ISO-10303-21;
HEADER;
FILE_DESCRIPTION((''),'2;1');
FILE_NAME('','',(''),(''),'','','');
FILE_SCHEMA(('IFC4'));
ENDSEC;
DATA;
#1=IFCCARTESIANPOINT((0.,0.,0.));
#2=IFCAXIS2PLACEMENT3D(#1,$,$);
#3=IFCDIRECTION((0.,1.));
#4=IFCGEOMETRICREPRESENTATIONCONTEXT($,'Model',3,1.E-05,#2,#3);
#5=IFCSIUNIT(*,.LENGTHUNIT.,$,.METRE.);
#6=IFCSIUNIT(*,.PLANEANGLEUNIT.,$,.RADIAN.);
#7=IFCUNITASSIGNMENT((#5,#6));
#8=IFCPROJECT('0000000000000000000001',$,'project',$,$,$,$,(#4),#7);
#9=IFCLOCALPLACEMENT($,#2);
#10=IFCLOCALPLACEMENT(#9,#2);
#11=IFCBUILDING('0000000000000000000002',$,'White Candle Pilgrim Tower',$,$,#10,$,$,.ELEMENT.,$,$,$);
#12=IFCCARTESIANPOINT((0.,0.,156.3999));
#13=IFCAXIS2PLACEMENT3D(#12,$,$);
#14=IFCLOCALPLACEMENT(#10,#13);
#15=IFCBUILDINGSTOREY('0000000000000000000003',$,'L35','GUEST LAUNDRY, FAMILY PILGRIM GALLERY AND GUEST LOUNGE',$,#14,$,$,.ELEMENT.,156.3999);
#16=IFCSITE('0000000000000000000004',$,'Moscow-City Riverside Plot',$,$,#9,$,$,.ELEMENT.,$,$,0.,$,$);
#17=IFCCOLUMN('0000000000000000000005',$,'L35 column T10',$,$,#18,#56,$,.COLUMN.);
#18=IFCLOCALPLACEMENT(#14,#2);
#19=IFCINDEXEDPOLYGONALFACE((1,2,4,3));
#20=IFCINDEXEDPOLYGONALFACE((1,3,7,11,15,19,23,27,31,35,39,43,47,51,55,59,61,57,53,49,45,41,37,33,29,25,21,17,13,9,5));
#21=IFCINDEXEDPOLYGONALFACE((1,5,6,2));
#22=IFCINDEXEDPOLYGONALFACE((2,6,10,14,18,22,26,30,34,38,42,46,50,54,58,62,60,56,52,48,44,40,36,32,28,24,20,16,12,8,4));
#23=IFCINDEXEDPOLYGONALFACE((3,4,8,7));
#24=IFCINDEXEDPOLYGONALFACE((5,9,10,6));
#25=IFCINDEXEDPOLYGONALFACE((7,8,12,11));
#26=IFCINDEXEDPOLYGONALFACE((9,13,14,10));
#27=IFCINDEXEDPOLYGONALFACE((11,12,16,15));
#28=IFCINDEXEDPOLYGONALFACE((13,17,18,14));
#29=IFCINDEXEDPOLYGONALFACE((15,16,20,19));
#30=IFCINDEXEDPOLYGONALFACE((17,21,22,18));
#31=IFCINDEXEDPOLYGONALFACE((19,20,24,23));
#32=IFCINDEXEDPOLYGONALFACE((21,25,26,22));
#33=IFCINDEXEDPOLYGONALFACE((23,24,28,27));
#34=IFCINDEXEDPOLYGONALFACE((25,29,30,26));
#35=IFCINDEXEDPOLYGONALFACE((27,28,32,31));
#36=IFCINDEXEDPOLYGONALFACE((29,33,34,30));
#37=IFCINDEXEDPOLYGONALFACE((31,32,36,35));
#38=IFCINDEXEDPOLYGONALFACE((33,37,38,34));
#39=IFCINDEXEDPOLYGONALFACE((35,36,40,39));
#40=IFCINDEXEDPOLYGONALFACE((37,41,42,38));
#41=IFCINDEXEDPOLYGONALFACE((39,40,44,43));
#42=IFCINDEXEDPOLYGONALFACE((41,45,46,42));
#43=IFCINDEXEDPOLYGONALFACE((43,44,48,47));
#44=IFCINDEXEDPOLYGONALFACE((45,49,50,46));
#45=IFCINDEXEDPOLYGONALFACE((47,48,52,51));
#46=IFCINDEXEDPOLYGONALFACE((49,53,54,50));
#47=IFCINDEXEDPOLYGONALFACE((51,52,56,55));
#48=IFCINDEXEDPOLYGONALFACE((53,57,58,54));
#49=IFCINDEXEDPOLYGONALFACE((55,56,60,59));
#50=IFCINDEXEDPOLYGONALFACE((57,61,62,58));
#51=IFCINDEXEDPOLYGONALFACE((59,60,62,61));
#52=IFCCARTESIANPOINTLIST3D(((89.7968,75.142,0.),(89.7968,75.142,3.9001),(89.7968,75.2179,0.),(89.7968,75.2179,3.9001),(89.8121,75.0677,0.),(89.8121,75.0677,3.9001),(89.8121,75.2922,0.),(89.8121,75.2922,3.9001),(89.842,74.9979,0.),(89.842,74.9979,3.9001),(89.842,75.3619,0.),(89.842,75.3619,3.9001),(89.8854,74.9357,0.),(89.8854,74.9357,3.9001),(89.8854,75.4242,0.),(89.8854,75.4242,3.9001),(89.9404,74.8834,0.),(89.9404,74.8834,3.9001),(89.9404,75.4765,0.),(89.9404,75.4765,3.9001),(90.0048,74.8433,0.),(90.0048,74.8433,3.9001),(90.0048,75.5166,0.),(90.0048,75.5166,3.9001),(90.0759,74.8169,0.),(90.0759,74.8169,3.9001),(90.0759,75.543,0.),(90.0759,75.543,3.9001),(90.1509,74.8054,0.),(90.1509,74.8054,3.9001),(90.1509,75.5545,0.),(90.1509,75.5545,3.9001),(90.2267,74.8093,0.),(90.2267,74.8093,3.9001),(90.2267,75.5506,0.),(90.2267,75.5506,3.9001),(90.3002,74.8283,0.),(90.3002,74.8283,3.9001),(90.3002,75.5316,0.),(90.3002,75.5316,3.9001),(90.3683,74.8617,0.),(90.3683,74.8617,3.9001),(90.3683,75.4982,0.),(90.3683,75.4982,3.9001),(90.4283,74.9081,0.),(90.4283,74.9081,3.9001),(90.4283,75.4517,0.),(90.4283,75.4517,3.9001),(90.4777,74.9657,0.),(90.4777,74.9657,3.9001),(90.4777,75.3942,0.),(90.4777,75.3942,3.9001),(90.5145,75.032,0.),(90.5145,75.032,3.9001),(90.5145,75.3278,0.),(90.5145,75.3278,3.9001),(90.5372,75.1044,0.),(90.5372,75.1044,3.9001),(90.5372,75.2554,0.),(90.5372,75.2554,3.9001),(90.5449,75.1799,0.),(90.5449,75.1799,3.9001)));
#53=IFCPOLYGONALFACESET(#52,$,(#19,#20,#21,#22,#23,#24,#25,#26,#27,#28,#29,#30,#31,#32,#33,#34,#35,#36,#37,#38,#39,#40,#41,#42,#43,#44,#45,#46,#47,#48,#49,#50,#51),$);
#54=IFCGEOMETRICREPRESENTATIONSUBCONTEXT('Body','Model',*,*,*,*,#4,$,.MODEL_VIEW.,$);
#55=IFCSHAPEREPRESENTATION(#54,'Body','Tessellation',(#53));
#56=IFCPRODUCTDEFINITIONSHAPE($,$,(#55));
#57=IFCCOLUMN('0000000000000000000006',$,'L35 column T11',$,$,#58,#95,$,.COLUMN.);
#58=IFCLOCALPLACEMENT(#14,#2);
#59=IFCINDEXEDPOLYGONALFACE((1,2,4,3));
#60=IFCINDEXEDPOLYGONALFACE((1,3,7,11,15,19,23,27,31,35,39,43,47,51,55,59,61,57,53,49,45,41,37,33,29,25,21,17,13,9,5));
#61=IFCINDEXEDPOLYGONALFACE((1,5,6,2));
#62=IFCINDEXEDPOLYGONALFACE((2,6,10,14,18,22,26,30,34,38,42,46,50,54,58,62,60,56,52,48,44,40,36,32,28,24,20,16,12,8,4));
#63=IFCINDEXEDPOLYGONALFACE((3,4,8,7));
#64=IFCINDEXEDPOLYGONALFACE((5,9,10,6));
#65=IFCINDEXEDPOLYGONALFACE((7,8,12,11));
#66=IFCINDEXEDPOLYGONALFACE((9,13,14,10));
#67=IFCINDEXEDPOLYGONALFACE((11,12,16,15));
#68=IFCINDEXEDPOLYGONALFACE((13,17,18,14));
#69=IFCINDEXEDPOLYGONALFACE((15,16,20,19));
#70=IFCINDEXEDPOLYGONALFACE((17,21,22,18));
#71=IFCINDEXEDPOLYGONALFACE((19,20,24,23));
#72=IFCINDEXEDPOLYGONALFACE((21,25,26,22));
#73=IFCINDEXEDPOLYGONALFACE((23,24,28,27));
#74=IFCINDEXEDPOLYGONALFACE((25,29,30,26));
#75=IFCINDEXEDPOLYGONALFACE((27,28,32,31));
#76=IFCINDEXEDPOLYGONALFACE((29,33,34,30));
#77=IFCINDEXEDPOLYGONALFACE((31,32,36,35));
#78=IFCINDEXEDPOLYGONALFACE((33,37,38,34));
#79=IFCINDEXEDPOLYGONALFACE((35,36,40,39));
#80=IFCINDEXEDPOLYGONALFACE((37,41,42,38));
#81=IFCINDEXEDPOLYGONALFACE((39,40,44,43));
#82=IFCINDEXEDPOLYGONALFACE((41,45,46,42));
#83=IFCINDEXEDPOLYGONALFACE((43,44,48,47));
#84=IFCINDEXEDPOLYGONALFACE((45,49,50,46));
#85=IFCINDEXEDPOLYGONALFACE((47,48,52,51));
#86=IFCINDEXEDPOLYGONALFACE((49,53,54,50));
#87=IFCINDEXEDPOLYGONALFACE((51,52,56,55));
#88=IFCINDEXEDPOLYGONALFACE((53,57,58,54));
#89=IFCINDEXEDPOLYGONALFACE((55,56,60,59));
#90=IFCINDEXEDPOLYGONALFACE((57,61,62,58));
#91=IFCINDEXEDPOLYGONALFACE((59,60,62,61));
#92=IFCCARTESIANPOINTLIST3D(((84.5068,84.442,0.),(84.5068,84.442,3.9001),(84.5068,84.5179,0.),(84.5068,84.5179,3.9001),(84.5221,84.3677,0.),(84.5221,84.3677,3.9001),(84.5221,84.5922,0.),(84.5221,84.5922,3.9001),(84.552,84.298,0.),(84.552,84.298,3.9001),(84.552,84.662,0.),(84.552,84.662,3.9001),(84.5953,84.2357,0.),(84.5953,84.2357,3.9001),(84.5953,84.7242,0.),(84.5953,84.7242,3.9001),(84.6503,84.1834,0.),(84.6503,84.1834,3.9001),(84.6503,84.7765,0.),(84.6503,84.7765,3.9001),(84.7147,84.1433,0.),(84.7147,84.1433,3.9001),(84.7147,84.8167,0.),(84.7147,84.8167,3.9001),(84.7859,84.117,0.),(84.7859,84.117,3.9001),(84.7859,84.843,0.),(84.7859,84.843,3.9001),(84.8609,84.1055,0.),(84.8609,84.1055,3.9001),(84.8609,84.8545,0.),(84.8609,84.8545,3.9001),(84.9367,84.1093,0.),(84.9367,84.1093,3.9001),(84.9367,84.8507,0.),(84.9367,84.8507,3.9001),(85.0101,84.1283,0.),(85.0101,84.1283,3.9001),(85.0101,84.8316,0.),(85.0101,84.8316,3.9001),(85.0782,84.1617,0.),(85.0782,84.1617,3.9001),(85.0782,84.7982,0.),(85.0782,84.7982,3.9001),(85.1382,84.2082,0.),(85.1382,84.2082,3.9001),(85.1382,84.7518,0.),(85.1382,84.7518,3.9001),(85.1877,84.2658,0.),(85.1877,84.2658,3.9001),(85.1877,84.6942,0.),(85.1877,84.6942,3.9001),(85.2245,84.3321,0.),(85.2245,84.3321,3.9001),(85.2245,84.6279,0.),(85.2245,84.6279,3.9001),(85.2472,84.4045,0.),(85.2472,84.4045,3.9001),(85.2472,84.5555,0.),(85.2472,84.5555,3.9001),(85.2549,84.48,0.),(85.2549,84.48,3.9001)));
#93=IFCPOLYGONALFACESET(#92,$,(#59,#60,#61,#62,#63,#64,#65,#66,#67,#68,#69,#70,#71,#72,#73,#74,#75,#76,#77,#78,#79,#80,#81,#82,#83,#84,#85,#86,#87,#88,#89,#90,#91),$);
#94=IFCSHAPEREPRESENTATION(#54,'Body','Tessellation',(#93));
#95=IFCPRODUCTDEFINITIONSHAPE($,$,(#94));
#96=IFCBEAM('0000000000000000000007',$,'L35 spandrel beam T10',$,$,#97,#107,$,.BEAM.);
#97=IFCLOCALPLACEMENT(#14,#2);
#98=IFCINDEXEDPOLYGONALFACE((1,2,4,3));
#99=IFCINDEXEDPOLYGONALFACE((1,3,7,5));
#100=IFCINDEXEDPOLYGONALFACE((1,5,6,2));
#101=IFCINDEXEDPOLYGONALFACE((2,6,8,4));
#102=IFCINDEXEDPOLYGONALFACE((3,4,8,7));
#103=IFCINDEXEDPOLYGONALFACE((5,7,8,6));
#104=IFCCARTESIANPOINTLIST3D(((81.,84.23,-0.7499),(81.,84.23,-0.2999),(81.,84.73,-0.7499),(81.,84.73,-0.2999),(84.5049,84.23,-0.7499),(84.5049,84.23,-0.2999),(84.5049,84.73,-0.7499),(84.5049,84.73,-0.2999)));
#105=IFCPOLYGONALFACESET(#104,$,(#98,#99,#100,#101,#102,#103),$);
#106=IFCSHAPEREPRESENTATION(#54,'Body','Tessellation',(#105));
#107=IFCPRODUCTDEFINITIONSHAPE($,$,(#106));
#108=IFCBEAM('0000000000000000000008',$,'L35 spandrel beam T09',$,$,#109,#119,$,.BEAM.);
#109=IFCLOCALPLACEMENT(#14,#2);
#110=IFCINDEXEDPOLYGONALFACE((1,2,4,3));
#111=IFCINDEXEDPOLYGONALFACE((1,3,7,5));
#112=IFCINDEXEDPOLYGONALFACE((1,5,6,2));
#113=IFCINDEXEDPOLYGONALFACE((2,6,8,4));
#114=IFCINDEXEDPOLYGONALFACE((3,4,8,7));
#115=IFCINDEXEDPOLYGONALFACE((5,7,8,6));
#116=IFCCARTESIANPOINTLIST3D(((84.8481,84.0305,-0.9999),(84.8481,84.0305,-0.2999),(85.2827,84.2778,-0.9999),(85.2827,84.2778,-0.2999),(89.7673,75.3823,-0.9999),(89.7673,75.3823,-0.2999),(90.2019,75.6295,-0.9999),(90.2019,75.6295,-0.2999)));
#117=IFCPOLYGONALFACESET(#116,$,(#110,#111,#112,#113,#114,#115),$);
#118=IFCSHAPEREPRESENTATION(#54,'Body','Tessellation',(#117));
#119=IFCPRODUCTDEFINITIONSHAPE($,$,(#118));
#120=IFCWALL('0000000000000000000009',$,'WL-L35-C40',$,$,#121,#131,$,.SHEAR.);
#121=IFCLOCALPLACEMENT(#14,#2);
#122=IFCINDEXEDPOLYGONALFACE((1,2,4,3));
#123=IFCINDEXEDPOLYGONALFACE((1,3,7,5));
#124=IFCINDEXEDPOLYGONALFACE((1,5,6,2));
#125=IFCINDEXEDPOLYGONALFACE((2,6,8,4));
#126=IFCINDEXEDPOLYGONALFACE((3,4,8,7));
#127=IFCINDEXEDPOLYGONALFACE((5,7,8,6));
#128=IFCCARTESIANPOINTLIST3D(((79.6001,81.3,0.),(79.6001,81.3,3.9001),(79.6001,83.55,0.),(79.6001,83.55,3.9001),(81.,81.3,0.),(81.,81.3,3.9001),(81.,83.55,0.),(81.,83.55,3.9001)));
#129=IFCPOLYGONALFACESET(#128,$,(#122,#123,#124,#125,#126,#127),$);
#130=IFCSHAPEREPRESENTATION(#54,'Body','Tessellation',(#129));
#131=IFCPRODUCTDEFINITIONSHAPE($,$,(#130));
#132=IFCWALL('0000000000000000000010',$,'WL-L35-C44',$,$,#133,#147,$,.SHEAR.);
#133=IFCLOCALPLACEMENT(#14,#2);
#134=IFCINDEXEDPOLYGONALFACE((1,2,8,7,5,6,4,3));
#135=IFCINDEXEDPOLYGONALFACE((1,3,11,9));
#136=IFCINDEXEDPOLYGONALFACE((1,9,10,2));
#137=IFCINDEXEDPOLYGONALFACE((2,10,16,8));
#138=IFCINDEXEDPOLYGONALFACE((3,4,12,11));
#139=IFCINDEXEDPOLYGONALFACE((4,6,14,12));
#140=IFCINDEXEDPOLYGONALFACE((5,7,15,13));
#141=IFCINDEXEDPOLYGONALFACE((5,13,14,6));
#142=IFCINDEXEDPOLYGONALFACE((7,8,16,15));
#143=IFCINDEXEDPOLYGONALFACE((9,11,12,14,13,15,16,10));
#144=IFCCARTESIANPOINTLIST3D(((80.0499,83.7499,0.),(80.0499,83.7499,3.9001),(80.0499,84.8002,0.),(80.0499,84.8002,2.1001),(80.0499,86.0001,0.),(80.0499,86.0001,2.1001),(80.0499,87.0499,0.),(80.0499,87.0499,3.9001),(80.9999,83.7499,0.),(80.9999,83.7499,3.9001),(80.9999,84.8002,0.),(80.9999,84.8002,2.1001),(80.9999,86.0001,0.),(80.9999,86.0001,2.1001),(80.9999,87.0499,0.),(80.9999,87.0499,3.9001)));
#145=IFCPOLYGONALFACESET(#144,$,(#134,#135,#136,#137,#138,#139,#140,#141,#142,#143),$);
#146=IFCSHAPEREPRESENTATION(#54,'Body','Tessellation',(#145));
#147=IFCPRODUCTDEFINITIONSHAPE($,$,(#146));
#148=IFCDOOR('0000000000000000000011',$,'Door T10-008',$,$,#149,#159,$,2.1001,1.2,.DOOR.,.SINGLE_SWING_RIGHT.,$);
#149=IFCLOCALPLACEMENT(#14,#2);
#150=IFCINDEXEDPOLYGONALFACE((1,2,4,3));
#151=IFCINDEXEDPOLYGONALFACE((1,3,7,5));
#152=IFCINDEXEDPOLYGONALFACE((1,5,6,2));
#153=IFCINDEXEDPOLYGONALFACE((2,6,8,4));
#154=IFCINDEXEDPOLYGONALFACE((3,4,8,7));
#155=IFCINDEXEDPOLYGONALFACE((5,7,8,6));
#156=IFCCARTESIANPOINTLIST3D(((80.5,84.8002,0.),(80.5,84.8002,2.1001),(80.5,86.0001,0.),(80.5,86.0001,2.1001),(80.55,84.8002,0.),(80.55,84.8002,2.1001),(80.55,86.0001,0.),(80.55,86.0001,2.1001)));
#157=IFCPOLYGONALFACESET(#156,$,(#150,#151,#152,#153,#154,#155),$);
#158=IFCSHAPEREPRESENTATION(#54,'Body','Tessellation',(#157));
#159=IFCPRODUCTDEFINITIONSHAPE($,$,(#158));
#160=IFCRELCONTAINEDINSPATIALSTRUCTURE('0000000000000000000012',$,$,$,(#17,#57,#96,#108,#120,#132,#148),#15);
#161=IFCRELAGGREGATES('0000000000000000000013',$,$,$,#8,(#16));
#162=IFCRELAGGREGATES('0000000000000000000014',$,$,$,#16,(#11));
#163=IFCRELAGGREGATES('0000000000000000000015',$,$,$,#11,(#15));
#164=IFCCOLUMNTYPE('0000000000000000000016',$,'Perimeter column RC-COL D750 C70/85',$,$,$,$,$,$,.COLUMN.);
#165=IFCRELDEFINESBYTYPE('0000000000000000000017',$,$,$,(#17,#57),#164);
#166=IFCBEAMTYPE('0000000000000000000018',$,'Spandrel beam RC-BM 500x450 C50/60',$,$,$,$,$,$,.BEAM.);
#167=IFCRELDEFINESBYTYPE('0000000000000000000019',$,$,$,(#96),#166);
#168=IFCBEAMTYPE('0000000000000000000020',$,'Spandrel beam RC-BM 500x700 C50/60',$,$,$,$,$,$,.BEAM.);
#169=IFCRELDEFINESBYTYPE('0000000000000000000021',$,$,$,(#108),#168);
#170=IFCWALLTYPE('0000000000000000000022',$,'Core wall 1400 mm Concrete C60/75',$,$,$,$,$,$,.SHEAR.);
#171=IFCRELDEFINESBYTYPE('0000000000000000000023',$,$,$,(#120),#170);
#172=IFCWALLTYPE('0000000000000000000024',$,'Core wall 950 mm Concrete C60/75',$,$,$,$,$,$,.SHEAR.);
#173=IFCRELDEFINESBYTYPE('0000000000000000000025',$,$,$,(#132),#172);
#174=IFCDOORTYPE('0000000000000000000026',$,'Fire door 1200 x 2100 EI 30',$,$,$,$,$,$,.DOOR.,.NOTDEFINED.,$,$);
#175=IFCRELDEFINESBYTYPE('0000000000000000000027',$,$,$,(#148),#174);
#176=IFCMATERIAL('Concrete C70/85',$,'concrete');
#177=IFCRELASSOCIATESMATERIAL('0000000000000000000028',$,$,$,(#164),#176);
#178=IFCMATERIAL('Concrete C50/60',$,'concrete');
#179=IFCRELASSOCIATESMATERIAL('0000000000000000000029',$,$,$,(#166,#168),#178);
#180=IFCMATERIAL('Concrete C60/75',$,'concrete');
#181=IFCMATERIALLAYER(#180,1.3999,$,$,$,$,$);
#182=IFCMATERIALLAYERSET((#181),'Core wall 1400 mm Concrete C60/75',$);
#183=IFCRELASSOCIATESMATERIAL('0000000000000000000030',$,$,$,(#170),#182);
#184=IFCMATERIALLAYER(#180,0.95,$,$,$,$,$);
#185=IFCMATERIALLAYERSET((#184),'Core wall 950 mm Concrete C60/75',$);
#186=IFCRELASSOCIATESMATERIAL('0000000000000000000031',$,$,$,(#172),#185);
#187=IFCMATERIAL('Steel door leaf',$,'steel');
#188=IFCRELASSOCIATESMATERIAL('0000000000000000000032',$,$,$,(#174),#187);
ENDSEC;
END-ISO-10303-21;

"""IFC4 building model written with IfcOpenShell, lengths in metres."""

from ifc_helpers import new_model, si_unit, direction, frame, frame_2d, origin, origin_2d, place, context, subcontext, project, spatial, rectangle, circle, extrude, material, layer, layer_set, material_profile, profile_set, type_object, element, fill, save


model = new_model("IFC4")

# Units and contexts
model_context = context("Model", 3, precision=1e-05, world=origin(), true_north=direction((0.0, 1.0)))
body_context = subcontext(model_context, "Body", "Model", "MODEL_VIEW")
ifc_project = project(units=[si_unit("LENGTHUNIT", "METRE"), si_unit("PLANEANGLEUNIT", "RADIAN")], contexts=[model_context])

# Site, building, storey
site_placement = place(None, origin())
site = spatial("IfcSite", under=ifc_project, at=site_placement, Name="Moscow-City Riverside Plot", CompositionType="ELEMENT", RefElevation=0.0)
building_placement = place(site_placement, origin())
building = spatial("IfcBuilding", under=site, at=building_placement, Name="White Candle Pilgrim Tower", CompositionType="ELEMENT")
storey_placement = place(building_placement, frame((0.0, 0.0, 156.3999)))
storey = spatial("IfcBuildingStorey", under=building, at=storey_placement, Name="L35", Description="GUEST LAUNDRY, FAMILY PILGRIM GALLERY AND GUEST LOUNGE", CompositionType="ELEMENT", Elevation=156.3999)

# Columns
ifc_material_1 = material(Name="Concrete C70/85", Category="concrete")
ifc_material_profile_1 = material_profile(ifc_material_1, circle(Radius=0.375, at=origin_2d()), Name="RC-COL D750")
ifc_profile_set_1 = profile_set([ifc_material_profile_1], Name="Concrete C70/85")
column_type = type_object("IfcColumnType", Name="Perimeter column RC-COL D750 C70/85", PredefinedType="COLUMN", material=ifc_profile_set_1)
for number, where, z_axis, x_axis, name in (
    (1, (90.1699, 75.1799, 0.0), (0.0, 0.0, 1.0), (1.0, 0.0, 0.0), "L35 column T10"),
    (2, (84.8799, 84.48, 0.0), (0.0, 0.0, 1.0), (1.0, 0.0, 0.0), "L35 column T11"),
):
    element("IfcColumn", number, at=place(storey_placement, frame(where, z_axis=z_axis, x_axis=x_axis)), inside=storey, type_object=column_type, Name=name, PredefinedType="COLUMN", context=body_context, shape_type="SweptSolid", body=[
        extrude(circle(Radius=0.375, at=origin_2d()), origin(), (0.0, 0.0, 1.0), 3.9001),
    ])

# Beams
ifc_material_2 = material(Name="Concrete C50/60", Category="concrete")
ifc_material_profile_2 = material_profile(ifc_material_2, rectangle(XDim=0.5, YDim=0.45, at=origin_2d()), Name="RC-BM 500x450")
ifc_profile_set_2 = profile_set([ifc_material_profile_2], Name="Concrete C50/60")
beam_type_1 = type_object("IfcBeamType", Name="Spandrel beam RC-BM 500x450 C50/60", PredefinedType="BEAM", material=ifc_profile_set_2)
beam_1_placement = place(storey_placement, frame((84.5049, 84.48, -0.5249), z_axis=(-1.0, 0.0, 0.0), x_axis=(0.0, -1.0, 0.0)))
element("IfcBeam", 3, at=beam_1_placement, inside=storey, type_object=beam_type_1, Name="L35 spandrel beam T10", PredefinedType="BEAM", context=body_context, shape_type="SweptSolid", body=[
    extrude(rectangle(XDim=0.5, YDim=0.45, at=origin_2d()), origin(), (0.0, 0.0, 1.0), 3.5049),
])
ifc_material_profile_3 = material_profile(ifc_material_2, rectangle(XDim=0.5, YDim=0.7, at=origin_2d()), Name="RC-BM 500x700")
ifc_profile_set_3 = profile_set([ifc_material_profile_3], Name="Concrete C50/60")
beam_type_2 = type_object("IfcBeamType", Name="Spandrel beam RC-BM 500x700 C50/60", PredefinedType="BEAM", material=ifc_profile_set_3)
beam_2_placement = place(storey_placement, frame((89.9846, 75.5059, -0.6499), z_axis=(-0.494423, 0.869221, 0.0), x_axis=(-0.869221, -0.494423, 0.0)))
element("IfcBeam", 4, at=beam_2_placement, inside=storey, type_object=beam_type_2, Name="L35 spandrel beam T09", PredefinedType="BEAM", context=body_context, shape_type="SweptSolid", body=[
    extrude(rectangle(XDim=0.5, YDim=0.7, at=origin_2d()), origin(), (0.0, 0.0, 1.0), 9.9495),
])

# Wall
ifc_material_3 = material(Name="Concrete C60/75", Category="concrete")
ifc_layer_1 = layer(ifc_material_3, 1.3999)
ifc_layer_set_1 = layer_set([ifc_layer_1], Name="Core wall 1400 mm Concrete C60/75")
wall_type_1 = type_object("IfcWallType", Name="Core wall 1400 mm Concrete C60/75", PredefinedType="SHEAR", material=ifc_layer_set_1)
wall_1_placement = place(storey_placement, frame((80.3, 81.3, 0.0), z_axis=(0.0, 0.0, 1.0), x_axis=(0.0, 1.0, 0.0)))
element("IfcWall", 5, at=wall_1_placement, inside=storey, type_object=wall_type_1, Name="WL-L35-C40", PredefinedType="SHEAR", context=body_context, shape_type="SweptSolid", body=[
    extrude(rectangle(XDim=2.25, YDim=1.3999, at=frame_2d((1.125, 0.0))), origin(), (0.0, 0.0, 1.0), 3.9001),
])

# Wall, opening, door
ifc_layer_2 = layer(ifc_material_3, 0.95)
ifc_layer_set_2 = layer_set([ifc_layer_2], Name="Core wall 950 mm Concrete C60/75")
wall_type_2 = type_object("IfcWallType", Name="Core wall 950 mm Concrete C60/75", PredefinedType="SHEAR", material=ifc_layer_set_2)
wall_2_placement = place(storey_placement, frame((80.5249, 83.75, 0.0), z_axis=(0.0, 0.0, 1.0), x_axis=(0.0, 1.0, 0.0)))
wall_2 = element("IfcWall", 6, at=wall_2_placement, inside=storey, type_object=wall_type_2, Name="WL-L35-C44", PredefinedType="SHEAR", context=body_context, shape_type="SweptSolid", body=[
    extrude(rectangle(XDim=3.3, YDim=0.95, at=frame_2d((1.6499, 0.0))), origin(), (0.0, 0.0, 1.0), 3.9001),
])
opening_1_placement = place(wall_2_placement, frame((1.05, 0.0, 0.0)))
opening_1 = element("IfcOpeningElement", 7, at=opening_1_placement, cuts=wall_2, PredefinedType="OPENING", context=body_context, shape_type="SweptSolid", body=[
    extrude(rectangle(XDim=1.2, YDim=2.1001, at=frame_2d((0.6001, 1.05))), frame((0.0, 0.4849, 0.0), z_axis=(0.0, -1.0, 0.0), x_axis=(1.0, 0.0, 0.0)), (0.0, 0.0, 1.0), 0.97),
])
ifc_material_4 = material(Name="Steel door leaf", Category="steel")
door_type_1 = type_object("IfcDoorType", Name="Fire door 1200 x 2100 EI 30", OperationType="NOTDEFINED", PredefinedType="DOOR", material=ifc_material_4)
door_1_placement = place(opening_1_placement, origin())
door_1 = element("IfcDoor", 8, at=door_1_placement, inside=storey, type_object=door_type_1, Name="Door T10-008", OperationType="SINGLE_SWING_RIGHT", OverallHeight=2.1001, OverallWidth=1.2, PredefinedType="DOOR", context=body_context, shape_type="SweptSolid", body=[
    extrude(rectangle(XDim=1.2, YDim=2.1001, at=frame_2d((0.6001, 1.05))), frame((0.0, 0.0249, 0.0), z_axis=(0.0, -1.0, 0.0), x_axis=(1.0, 0.0, 0.0)), (0.0, 0.0, 1.0), 0.05),
])
fill(opening_1, door_1)

save(model, "model.ifc")
